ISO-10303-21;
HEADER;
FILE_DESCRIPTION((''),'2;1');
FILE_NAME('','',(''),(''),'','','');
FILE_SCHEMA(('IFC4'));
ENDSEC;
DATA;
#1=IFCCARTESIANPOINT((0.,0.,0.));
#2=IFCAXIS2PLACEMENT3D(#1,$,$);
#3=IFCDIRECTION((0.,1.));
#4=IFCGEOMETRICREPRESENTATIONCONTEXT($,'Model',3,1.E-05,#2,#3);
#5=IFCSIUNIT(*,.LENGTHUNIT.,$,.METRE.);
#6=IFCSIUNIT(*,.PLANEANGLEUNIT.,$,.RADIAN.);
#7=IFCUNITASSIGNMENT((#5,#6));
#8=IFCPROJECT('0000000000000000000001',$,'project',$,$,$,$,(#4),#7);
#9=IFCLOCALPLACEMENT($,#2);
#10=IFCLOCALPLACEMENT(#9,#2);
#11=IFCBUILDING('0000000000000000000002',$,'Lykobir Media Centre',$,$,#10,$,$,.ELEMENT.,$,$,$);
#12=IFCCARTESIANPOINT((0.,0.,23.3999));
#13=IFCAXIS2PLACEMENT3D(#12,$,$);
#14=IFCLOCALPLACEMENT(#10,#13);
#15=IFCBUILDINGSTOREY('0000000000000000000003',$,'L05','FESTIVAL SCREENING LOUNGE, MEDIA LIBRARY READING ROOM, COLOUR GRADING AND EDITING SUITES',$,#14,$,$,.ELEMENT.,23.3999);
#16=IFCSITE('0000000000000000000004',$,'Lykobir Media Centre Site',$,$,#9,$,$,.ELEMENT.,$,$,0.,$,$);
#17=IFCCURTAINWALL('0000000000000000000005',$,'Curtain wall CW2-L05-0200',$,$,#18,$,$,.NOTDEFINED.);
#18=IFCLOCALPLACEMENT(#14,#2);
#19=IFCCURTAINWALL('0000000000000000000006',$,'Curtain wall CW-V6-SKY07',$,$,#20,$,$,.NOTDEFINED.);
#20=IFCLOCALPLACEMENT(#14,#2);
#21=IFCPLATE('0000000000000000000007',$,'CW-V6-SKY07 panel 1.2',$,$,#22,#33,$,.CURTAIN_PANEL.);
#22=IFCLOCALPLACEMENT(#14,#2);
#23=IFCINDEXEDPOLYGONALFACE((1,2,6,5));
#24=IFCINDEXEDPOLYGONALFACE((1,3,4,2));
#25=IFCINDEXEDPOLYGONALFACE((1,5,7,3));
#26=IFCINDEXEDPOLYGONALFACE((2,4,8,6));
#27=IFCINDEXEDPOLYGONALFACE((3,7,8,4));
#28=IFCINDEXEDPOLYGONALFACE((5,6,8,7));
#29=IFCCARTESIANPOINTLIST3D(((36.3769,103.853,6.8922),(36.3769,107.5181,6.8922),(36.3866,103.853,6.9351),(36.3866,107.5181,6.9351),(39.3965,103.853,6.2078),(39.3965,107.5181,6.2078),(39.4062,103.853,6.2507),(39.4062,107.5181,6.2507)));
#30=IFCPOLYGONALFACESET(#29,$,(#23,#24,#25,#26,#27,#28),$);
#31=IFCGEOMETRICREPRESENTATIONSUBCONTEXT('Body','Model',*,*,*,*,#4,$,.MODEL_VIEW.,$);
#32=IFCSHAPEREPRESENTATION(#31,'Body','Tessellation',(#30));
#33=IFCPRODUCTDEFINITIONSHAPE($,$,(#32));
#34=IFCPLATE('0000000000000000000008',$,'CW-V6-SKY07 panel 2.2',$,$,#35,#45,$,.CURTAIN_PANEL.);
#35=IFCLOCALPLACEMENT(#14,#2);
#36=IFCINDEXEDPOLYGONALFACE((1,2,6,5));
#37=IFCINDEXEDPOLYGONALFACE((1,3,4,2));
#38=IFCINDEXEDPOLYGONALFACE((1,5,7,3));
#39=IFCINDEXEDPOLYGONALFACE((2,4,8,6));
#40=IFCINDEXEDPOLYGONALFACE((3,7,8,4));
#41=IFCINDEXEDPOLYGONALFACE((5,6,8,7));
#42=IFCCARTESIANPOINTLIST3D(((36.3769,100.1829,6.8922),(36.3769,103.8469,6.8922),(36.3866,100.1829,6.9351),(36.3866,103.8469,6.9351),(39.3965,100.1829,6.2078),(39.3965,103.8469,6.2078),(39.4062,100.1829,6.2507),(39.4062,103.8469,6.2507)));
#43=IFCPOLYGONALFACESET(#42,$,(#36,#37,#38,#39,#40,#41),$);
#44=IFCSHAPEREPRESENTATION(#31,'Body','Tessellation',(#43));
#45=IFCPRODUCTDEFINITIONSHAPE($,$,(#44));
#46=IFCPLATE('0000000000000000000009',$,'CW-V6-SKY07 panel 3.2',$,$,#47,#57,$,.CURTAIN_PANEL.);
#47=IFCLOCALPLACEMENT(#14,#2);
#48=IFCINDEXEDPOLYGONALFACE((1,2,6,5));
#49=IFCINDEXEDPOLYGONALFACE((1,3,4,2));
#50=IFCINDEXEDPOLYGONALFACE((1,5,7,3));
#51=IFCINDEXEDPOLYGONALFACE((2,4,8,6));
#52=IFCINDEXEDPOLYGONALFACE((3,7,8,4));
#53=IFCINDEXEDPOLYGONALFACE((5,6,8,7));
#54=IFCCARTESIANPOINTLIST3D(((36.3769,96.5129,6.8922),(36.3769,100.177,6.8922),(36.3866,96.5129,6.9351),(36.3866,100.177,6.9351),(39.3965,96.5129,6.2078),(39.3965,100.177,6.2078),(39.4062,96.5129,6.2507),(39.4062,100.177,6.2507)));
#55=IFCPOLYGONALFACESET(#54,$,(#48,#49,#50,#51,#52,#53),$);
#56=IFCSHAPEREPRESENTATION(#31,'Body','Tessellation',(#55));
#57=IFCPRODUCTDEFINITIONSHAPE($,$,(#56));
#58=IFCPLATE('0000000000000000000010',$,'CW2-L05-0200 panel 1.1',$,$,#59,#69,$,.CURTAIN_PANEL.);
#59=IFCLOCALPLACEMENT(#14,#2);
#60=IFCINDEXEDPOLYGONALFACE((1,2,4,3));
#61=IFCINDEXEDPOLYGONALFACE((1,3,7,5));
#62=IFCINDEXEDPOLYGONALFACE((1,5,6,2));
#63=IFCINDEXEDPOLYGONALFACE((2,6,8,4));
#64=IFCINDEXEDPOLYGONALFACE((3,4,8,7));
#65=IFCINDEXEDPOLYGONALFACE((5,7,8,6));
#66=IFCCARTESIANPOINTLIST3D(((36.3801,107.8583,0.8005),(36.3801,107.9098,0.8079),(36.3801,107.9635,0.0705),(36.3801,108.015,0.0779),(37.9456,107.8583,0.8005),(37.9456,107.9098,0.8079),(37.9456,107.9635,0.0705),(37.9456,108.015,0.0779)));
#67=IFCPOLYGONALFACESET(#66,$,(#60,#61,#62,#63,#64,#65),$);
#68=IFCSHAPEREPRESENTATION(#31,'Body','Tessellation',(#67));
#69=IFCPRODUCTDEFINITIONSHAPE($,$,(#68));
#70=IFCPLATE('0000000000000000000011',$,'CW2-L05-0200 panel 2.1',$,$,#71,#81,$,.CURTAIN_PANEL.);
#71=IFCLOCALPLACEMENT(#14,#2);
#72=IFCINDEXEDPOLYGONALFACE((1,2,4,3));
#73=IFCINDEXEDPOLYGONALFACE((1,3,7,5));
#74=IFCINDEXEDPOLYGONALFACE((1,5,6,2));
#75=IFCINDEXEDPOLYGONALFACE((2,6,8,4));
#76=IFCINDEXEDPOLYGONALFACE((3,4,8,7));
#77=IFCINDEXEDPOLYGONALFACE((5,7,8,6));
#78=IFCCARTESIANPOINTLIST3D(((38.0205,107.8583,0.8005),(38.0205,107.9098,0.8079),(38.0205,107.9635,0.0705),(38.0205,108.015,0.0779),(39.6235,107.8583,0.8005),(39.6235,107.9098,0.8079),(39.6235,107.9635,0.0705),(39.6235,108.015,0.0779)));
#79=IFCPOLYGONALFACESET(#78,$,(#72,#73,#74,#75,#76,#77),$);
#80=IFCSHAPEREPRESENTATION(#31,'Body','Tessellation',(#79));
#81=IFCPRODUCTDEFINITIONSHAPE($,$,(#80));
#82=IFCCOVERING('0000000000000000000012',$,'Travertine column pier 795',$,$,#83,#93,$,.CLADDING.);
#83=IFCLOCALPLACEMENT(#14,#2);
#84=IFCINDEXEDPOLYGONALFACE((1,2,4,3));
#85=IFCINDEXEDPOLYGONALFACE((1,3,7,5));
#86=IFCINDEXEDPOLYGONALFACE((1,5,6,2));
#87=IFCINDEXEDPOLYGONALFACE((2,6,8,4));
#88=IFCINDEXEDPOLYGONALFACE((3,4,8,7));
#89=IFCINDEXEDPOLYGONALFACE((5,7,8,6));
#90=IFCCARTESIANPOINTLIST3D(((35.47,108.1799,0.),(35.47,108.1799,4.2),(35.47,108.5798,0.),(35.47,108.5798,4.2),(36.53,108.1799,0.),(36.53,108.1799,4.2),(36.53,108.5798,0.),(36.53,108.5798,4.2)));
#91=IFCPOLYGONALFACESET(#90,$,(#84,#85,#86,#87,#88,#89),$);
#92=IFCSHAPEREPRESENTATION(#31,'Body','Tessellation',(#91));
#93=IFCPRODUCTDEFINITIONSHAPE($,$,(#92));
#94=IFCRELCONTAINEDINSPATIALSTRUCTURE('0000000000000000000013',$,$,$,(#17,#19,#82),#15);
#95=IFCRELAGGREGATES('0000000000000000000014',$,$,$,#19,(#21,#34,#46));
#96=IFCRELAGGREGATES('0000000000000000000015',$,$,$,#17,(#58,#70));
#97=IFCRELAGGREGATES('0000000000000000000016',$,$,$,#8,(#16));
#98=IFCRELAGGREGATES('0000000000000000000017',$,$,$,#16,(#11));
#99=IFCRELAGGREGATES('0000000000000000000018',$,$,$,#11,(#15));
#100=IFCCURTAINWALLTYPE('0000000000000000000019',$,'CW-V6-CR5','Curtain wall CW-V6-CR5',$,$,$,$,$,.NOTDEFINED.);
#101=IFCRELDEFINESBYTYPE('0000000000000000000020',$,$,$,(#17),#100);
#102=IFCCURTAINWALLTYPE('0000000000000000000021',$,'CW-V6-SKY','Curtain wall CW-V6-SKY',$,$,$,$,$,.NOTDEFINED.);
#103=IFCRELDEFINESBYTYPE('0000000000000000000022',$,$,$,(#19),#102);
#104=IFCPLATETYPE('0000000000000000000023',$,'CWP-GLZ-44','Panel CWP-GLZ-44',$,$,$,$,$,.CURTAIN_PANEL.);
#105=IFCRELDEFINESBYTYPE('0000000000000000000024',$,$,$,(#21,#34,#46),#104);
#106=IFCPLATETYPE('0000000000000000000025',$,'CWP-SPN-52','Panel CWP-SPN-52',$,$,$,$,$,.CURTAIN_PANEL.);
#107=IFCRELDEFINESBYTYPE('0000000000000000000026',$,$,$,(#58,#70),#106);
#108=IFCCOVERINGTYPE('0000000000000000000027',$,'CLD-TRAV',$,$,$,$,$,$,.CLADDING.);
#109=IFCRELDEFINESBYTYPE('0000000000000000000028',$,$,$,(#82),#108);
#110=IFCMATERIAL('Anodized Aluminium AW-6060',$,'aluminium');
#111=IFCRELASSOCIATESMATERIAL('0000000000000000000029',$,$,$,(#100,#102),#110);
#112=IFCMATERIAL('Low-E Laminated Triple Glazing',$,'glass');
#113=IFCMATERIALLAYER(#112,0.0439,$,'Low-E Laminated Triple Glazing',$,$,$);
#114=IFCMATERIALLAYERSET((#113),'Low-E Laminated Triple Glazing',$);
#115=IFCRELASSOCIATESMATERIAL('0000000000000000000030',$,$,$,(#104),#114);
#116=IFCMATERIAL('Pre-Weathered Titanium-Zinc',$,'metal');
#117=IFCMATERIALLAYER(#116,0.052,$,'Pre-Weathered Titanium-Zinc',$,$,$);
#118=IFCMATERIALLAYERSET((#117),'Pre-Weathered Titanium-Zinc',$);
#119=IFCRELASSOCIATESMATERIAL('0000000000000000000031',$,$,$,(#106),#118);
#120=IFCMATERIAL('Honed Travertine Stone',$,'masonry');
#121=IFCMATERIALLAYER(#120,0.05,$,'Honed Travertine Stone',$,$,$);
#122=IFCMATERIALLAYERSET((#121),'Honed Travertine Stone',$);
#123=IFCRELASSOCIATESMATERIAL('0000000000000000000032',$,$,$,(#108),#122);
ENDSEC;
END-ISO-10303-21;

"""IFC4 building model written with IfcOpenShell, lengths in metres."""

from ifc_helpers import new_model, si_unit, direction, frame, origin, origin_2d, place, context, subcontext, project, spatial, rectangle, extrude, material, layer, layer_set, type_object, element, aggregate, save


model = new_model("IFC4")

# Units and contexts
model_context = context("Model", 3, precision=1e-05, world=origin(), true_north=direction((0.0, 1.0)))
body_context = subcontext(model_context, "Body", "Model", "MODEL_VIEW")
ifc_project = project(units=[si_unit("LENGTHUNIT", "METRE"), si_unit("PLANEANGLEUNIT", "RADIAN")], contexts=[model_context])

# Site, building, storey
site_placement = place(None, origin())
site = spatial("IfcSite", under=ifc_project, at=site_placement, Name="Lykobir Media Centre Site", CompositionType="ELEMENT", RefElevation=0.0)
building_placement = place(site_placement, origin())
building = spatial("IfcBuilding", under=site, at=building_placement, Name="Lykobir Media Centre", CompositionType="ELEMENT")
storey_placement = place(building_placement, frame((0.0, 0.0, 23.3999)))
storey = spatial("IfcBuildingStorey", under=building, at=storey_placement, Name="L05", Description="FESTIVAL SCREENING LOUNGE, MEDIA LIBRARY READING ROOM, COLOUR GRADING AND EDITING SUITES", CompositionType="ELEMENT", Elevation=23.3999)

# Curtain walls
ifc_material_1 = material(Name="Anodized Aluminium AW-6060", Category="aluminium")
curtain_wall_type_1 = type_object("IfcCurtainWallType", Name="CW-V6-CR5", Description="Curtain wall CW-V6-CR5", PredefinedType="NOTDEFINED", material=ifc_material_1)
curtain_wall_1_placement = place(storey_placement, origin())
curtain_wall_1 = element("IfcCurtainWall", 1, at=curtain_wall_1_placement, inside=storey, type_object=curtain_wall_type_1, Name="Curtain wall CW2-L05-0200", PredefinedType="NOTDEFINED")
curtain_wall_type_2 = type_object("IfcCurtainWallType", Name="CW-V6-SKY", Description="Curtain wall CW-V6-SKY", PredefinedType="NOTDEFINED", material=ifc_material_1)
curtain_wall_2_placement = place(storey_placement, origin())
curtain_wall_2 = element("IfcCurtainWall", 2, at=curtain_wall_2_placement, inside=storey, type_object=curtain_wall_type_2, Name="Curtain wall CW-V6-SKY07", PredefinedType="NOTDEFINED")

# Plates
ifc_material_2 = material(Name="Low-E Laminated Triple Glazing", Category="glass")
ifc_layer_1 = layer(ifc_material_2, 0.0439, Name="Low-E Laminated Triple Glazing")
ifc_layer_set_1 = layer_set([ifc_layer_1], Name="Low-E Laminated Triple Glazing")
plate_type_1 = type_object("IfcPlateType", Name="CWP-GLZ-44", Description="Panel CWP-GLZ-44", PredefinedType="CURTAIN_PANEL", material=ifc_layer_set_1)
plate_1_placement = place(storey_placement, frame((39.4014, 105.6855, 6.2292), z_axis=(-0.975261, 0.0, 0.221055), x_axis=(0.0, -1.0, 0.0)))
plate_1 = element("IfcPlate", 3, at=plate_1_placement, type_object=plate_type_1, Name="CW-V6-SKY07 panel 1.2", PredefinedType="CURTAIN_PANEL", context=body_context, shape_type="SweptSolid", body=[
    extrude(rectangle(XDim=3.665, YDim=0.0439, at=origin_2d()), origin(), (0.0, 0.0, 1.0), 3.0962),
])
plate_2_placement = place(storey_placement, frame((39.4014, 102.0149, 6.2292), z_axis=(-0.975261, 0.0, 0.221055), x_axis=(0.0, -1.0, 0.0)))
plate_2 = element("IfcPlate", 4, at=plate_2_placement, type_object=plate_type_1, Name="CW-V6-SKY07 panel 2.2", PredefinedType="CURTAIN_PANEL", context=body_context, shape_type="SweptSolid", body=[
    extrude(rectangle(XDim=3.6641, YDim=0.0439, at=origin_2d()), origin(), (0.0, 0.0, 1.0), 3.0962),
])
plate_3_placement = place(storey_placement, frame((39.4014, 98.345, 6.2292), z_axis=(-0.975261, 0.0, 0.221055), x_axis=(0.0, -1.0, 0.0)))
plate_3 = element("IfcPlate", 5, at=plate_3_placement, type_object=plate_type_1, Name="CW-V6-SKY07 panel 3.2", PredefinedType="CURTAIN_PANEL", context=body_context, shape_type="SweptSolid", body=[
    extrude(rectangle(XDim=3.6641, YDim=0.0439, at=origin_2d()), origin(), (0.0, 0.0, 1.0), 3.0962),
])
aggregate(curtain_wall_2, [plate_1, plate_2, plate_3])
ifc_material_3 = material(Name="Pre-Weathered Titanium-Zinc", Category="metal")
ifc_layer_2 = layer(ifc_material_3, 0.052, Name="Pre-Weathered Titanium-Zinc")
ifc_layer_set_2 = layer_set([ifc_layer_2], Name="Pre-Weathered Titanium-Zinc")
plate_type_2 = type_object("IfcPlateType", Name="CWP-SPN-52", Description="Panel CWP-SPN-52", PredefinedType="CURTAIN_PANEL", material=ifc_layer_set_2)
plate_4_placement = place(storey_placement, frame((37.1628, 107.9893, 0.0742), z_axis=(0.0, -0.142629, 0.989776), x_axis=(1.0, 0.0, 0.0)))
plate_4 = element("IfcPlate", 6, at=plate_4_placement, type_object=plate_type_2, Name="CW2-L05-0200 panel 1.1", PredefinedType="CURTAIN_PANEL", context=body_context, shape_type="SweptSolid", body=[
    extrude(rectangle(XDim=1.5654, YDim=0.052, at=origin_2d()), origin(), (0.0, 0.0, 1.0), 0.7375),
])
plate_5_placement = place(storey_placement, frame((38.822, 107.9893, 0.0742), z_axis=(0.0, -0.142629, 0.989776), x_axis=(1.0, 0.0, 0.0)))
plate_5 = element("IfcPlate", 7, at=plate_5_placement, type_object=plate_type_2, Name="CW2-L05-0200 panel 2.1", PredefinedType="CURTAIN_PANEL", context=body_context, shape_type="SweptSolid", body=[
    extrude(rectangle(XDim=1.603, YDim=0.052, at=origin_2d()), origin(), (0.0, 0.0, 1.0), 0.7375),
])
aggregate(curtain_wall_1, [plate_4, plate_5])

# Covering
ifc_material_4 = material(Name="Honed Travertine Stone", Category="masonry")
ifc_layer_3 = layer(ifc_material_4, 0.05, Name="Honed Travertine Stone")
ifc_layer_set_3 = layer_set([ifc_layer_3], Name="Honed Travertine Stone")
covering_type = type_object("IfcCoveringType", Name="CLD-TRAV", PredefinedType="CLADDING", material=ifc_layer_set_3)
covering_placement = place(storey_placement, frame((36.0, 108.3799, 0.0), z_axis=(0.0, 0.0, 1.0), x_axis=(-1.0, 0.0, 0.0)))
element("IfcCovering", 8, at=covering_placement, inside=storey, type_object=covering_type, Name="Travertine column pier 795", PredefinedType="CLADDING", context=body_context, shape_type="SweptSolid", body=[
    extrude(rectangle(XDim=1.0601, YDim=0.3999, at=origin_2d()), origin(), (0.0, 0.0, 1.0), 4.2),
])

save(model, "model.ifc")
